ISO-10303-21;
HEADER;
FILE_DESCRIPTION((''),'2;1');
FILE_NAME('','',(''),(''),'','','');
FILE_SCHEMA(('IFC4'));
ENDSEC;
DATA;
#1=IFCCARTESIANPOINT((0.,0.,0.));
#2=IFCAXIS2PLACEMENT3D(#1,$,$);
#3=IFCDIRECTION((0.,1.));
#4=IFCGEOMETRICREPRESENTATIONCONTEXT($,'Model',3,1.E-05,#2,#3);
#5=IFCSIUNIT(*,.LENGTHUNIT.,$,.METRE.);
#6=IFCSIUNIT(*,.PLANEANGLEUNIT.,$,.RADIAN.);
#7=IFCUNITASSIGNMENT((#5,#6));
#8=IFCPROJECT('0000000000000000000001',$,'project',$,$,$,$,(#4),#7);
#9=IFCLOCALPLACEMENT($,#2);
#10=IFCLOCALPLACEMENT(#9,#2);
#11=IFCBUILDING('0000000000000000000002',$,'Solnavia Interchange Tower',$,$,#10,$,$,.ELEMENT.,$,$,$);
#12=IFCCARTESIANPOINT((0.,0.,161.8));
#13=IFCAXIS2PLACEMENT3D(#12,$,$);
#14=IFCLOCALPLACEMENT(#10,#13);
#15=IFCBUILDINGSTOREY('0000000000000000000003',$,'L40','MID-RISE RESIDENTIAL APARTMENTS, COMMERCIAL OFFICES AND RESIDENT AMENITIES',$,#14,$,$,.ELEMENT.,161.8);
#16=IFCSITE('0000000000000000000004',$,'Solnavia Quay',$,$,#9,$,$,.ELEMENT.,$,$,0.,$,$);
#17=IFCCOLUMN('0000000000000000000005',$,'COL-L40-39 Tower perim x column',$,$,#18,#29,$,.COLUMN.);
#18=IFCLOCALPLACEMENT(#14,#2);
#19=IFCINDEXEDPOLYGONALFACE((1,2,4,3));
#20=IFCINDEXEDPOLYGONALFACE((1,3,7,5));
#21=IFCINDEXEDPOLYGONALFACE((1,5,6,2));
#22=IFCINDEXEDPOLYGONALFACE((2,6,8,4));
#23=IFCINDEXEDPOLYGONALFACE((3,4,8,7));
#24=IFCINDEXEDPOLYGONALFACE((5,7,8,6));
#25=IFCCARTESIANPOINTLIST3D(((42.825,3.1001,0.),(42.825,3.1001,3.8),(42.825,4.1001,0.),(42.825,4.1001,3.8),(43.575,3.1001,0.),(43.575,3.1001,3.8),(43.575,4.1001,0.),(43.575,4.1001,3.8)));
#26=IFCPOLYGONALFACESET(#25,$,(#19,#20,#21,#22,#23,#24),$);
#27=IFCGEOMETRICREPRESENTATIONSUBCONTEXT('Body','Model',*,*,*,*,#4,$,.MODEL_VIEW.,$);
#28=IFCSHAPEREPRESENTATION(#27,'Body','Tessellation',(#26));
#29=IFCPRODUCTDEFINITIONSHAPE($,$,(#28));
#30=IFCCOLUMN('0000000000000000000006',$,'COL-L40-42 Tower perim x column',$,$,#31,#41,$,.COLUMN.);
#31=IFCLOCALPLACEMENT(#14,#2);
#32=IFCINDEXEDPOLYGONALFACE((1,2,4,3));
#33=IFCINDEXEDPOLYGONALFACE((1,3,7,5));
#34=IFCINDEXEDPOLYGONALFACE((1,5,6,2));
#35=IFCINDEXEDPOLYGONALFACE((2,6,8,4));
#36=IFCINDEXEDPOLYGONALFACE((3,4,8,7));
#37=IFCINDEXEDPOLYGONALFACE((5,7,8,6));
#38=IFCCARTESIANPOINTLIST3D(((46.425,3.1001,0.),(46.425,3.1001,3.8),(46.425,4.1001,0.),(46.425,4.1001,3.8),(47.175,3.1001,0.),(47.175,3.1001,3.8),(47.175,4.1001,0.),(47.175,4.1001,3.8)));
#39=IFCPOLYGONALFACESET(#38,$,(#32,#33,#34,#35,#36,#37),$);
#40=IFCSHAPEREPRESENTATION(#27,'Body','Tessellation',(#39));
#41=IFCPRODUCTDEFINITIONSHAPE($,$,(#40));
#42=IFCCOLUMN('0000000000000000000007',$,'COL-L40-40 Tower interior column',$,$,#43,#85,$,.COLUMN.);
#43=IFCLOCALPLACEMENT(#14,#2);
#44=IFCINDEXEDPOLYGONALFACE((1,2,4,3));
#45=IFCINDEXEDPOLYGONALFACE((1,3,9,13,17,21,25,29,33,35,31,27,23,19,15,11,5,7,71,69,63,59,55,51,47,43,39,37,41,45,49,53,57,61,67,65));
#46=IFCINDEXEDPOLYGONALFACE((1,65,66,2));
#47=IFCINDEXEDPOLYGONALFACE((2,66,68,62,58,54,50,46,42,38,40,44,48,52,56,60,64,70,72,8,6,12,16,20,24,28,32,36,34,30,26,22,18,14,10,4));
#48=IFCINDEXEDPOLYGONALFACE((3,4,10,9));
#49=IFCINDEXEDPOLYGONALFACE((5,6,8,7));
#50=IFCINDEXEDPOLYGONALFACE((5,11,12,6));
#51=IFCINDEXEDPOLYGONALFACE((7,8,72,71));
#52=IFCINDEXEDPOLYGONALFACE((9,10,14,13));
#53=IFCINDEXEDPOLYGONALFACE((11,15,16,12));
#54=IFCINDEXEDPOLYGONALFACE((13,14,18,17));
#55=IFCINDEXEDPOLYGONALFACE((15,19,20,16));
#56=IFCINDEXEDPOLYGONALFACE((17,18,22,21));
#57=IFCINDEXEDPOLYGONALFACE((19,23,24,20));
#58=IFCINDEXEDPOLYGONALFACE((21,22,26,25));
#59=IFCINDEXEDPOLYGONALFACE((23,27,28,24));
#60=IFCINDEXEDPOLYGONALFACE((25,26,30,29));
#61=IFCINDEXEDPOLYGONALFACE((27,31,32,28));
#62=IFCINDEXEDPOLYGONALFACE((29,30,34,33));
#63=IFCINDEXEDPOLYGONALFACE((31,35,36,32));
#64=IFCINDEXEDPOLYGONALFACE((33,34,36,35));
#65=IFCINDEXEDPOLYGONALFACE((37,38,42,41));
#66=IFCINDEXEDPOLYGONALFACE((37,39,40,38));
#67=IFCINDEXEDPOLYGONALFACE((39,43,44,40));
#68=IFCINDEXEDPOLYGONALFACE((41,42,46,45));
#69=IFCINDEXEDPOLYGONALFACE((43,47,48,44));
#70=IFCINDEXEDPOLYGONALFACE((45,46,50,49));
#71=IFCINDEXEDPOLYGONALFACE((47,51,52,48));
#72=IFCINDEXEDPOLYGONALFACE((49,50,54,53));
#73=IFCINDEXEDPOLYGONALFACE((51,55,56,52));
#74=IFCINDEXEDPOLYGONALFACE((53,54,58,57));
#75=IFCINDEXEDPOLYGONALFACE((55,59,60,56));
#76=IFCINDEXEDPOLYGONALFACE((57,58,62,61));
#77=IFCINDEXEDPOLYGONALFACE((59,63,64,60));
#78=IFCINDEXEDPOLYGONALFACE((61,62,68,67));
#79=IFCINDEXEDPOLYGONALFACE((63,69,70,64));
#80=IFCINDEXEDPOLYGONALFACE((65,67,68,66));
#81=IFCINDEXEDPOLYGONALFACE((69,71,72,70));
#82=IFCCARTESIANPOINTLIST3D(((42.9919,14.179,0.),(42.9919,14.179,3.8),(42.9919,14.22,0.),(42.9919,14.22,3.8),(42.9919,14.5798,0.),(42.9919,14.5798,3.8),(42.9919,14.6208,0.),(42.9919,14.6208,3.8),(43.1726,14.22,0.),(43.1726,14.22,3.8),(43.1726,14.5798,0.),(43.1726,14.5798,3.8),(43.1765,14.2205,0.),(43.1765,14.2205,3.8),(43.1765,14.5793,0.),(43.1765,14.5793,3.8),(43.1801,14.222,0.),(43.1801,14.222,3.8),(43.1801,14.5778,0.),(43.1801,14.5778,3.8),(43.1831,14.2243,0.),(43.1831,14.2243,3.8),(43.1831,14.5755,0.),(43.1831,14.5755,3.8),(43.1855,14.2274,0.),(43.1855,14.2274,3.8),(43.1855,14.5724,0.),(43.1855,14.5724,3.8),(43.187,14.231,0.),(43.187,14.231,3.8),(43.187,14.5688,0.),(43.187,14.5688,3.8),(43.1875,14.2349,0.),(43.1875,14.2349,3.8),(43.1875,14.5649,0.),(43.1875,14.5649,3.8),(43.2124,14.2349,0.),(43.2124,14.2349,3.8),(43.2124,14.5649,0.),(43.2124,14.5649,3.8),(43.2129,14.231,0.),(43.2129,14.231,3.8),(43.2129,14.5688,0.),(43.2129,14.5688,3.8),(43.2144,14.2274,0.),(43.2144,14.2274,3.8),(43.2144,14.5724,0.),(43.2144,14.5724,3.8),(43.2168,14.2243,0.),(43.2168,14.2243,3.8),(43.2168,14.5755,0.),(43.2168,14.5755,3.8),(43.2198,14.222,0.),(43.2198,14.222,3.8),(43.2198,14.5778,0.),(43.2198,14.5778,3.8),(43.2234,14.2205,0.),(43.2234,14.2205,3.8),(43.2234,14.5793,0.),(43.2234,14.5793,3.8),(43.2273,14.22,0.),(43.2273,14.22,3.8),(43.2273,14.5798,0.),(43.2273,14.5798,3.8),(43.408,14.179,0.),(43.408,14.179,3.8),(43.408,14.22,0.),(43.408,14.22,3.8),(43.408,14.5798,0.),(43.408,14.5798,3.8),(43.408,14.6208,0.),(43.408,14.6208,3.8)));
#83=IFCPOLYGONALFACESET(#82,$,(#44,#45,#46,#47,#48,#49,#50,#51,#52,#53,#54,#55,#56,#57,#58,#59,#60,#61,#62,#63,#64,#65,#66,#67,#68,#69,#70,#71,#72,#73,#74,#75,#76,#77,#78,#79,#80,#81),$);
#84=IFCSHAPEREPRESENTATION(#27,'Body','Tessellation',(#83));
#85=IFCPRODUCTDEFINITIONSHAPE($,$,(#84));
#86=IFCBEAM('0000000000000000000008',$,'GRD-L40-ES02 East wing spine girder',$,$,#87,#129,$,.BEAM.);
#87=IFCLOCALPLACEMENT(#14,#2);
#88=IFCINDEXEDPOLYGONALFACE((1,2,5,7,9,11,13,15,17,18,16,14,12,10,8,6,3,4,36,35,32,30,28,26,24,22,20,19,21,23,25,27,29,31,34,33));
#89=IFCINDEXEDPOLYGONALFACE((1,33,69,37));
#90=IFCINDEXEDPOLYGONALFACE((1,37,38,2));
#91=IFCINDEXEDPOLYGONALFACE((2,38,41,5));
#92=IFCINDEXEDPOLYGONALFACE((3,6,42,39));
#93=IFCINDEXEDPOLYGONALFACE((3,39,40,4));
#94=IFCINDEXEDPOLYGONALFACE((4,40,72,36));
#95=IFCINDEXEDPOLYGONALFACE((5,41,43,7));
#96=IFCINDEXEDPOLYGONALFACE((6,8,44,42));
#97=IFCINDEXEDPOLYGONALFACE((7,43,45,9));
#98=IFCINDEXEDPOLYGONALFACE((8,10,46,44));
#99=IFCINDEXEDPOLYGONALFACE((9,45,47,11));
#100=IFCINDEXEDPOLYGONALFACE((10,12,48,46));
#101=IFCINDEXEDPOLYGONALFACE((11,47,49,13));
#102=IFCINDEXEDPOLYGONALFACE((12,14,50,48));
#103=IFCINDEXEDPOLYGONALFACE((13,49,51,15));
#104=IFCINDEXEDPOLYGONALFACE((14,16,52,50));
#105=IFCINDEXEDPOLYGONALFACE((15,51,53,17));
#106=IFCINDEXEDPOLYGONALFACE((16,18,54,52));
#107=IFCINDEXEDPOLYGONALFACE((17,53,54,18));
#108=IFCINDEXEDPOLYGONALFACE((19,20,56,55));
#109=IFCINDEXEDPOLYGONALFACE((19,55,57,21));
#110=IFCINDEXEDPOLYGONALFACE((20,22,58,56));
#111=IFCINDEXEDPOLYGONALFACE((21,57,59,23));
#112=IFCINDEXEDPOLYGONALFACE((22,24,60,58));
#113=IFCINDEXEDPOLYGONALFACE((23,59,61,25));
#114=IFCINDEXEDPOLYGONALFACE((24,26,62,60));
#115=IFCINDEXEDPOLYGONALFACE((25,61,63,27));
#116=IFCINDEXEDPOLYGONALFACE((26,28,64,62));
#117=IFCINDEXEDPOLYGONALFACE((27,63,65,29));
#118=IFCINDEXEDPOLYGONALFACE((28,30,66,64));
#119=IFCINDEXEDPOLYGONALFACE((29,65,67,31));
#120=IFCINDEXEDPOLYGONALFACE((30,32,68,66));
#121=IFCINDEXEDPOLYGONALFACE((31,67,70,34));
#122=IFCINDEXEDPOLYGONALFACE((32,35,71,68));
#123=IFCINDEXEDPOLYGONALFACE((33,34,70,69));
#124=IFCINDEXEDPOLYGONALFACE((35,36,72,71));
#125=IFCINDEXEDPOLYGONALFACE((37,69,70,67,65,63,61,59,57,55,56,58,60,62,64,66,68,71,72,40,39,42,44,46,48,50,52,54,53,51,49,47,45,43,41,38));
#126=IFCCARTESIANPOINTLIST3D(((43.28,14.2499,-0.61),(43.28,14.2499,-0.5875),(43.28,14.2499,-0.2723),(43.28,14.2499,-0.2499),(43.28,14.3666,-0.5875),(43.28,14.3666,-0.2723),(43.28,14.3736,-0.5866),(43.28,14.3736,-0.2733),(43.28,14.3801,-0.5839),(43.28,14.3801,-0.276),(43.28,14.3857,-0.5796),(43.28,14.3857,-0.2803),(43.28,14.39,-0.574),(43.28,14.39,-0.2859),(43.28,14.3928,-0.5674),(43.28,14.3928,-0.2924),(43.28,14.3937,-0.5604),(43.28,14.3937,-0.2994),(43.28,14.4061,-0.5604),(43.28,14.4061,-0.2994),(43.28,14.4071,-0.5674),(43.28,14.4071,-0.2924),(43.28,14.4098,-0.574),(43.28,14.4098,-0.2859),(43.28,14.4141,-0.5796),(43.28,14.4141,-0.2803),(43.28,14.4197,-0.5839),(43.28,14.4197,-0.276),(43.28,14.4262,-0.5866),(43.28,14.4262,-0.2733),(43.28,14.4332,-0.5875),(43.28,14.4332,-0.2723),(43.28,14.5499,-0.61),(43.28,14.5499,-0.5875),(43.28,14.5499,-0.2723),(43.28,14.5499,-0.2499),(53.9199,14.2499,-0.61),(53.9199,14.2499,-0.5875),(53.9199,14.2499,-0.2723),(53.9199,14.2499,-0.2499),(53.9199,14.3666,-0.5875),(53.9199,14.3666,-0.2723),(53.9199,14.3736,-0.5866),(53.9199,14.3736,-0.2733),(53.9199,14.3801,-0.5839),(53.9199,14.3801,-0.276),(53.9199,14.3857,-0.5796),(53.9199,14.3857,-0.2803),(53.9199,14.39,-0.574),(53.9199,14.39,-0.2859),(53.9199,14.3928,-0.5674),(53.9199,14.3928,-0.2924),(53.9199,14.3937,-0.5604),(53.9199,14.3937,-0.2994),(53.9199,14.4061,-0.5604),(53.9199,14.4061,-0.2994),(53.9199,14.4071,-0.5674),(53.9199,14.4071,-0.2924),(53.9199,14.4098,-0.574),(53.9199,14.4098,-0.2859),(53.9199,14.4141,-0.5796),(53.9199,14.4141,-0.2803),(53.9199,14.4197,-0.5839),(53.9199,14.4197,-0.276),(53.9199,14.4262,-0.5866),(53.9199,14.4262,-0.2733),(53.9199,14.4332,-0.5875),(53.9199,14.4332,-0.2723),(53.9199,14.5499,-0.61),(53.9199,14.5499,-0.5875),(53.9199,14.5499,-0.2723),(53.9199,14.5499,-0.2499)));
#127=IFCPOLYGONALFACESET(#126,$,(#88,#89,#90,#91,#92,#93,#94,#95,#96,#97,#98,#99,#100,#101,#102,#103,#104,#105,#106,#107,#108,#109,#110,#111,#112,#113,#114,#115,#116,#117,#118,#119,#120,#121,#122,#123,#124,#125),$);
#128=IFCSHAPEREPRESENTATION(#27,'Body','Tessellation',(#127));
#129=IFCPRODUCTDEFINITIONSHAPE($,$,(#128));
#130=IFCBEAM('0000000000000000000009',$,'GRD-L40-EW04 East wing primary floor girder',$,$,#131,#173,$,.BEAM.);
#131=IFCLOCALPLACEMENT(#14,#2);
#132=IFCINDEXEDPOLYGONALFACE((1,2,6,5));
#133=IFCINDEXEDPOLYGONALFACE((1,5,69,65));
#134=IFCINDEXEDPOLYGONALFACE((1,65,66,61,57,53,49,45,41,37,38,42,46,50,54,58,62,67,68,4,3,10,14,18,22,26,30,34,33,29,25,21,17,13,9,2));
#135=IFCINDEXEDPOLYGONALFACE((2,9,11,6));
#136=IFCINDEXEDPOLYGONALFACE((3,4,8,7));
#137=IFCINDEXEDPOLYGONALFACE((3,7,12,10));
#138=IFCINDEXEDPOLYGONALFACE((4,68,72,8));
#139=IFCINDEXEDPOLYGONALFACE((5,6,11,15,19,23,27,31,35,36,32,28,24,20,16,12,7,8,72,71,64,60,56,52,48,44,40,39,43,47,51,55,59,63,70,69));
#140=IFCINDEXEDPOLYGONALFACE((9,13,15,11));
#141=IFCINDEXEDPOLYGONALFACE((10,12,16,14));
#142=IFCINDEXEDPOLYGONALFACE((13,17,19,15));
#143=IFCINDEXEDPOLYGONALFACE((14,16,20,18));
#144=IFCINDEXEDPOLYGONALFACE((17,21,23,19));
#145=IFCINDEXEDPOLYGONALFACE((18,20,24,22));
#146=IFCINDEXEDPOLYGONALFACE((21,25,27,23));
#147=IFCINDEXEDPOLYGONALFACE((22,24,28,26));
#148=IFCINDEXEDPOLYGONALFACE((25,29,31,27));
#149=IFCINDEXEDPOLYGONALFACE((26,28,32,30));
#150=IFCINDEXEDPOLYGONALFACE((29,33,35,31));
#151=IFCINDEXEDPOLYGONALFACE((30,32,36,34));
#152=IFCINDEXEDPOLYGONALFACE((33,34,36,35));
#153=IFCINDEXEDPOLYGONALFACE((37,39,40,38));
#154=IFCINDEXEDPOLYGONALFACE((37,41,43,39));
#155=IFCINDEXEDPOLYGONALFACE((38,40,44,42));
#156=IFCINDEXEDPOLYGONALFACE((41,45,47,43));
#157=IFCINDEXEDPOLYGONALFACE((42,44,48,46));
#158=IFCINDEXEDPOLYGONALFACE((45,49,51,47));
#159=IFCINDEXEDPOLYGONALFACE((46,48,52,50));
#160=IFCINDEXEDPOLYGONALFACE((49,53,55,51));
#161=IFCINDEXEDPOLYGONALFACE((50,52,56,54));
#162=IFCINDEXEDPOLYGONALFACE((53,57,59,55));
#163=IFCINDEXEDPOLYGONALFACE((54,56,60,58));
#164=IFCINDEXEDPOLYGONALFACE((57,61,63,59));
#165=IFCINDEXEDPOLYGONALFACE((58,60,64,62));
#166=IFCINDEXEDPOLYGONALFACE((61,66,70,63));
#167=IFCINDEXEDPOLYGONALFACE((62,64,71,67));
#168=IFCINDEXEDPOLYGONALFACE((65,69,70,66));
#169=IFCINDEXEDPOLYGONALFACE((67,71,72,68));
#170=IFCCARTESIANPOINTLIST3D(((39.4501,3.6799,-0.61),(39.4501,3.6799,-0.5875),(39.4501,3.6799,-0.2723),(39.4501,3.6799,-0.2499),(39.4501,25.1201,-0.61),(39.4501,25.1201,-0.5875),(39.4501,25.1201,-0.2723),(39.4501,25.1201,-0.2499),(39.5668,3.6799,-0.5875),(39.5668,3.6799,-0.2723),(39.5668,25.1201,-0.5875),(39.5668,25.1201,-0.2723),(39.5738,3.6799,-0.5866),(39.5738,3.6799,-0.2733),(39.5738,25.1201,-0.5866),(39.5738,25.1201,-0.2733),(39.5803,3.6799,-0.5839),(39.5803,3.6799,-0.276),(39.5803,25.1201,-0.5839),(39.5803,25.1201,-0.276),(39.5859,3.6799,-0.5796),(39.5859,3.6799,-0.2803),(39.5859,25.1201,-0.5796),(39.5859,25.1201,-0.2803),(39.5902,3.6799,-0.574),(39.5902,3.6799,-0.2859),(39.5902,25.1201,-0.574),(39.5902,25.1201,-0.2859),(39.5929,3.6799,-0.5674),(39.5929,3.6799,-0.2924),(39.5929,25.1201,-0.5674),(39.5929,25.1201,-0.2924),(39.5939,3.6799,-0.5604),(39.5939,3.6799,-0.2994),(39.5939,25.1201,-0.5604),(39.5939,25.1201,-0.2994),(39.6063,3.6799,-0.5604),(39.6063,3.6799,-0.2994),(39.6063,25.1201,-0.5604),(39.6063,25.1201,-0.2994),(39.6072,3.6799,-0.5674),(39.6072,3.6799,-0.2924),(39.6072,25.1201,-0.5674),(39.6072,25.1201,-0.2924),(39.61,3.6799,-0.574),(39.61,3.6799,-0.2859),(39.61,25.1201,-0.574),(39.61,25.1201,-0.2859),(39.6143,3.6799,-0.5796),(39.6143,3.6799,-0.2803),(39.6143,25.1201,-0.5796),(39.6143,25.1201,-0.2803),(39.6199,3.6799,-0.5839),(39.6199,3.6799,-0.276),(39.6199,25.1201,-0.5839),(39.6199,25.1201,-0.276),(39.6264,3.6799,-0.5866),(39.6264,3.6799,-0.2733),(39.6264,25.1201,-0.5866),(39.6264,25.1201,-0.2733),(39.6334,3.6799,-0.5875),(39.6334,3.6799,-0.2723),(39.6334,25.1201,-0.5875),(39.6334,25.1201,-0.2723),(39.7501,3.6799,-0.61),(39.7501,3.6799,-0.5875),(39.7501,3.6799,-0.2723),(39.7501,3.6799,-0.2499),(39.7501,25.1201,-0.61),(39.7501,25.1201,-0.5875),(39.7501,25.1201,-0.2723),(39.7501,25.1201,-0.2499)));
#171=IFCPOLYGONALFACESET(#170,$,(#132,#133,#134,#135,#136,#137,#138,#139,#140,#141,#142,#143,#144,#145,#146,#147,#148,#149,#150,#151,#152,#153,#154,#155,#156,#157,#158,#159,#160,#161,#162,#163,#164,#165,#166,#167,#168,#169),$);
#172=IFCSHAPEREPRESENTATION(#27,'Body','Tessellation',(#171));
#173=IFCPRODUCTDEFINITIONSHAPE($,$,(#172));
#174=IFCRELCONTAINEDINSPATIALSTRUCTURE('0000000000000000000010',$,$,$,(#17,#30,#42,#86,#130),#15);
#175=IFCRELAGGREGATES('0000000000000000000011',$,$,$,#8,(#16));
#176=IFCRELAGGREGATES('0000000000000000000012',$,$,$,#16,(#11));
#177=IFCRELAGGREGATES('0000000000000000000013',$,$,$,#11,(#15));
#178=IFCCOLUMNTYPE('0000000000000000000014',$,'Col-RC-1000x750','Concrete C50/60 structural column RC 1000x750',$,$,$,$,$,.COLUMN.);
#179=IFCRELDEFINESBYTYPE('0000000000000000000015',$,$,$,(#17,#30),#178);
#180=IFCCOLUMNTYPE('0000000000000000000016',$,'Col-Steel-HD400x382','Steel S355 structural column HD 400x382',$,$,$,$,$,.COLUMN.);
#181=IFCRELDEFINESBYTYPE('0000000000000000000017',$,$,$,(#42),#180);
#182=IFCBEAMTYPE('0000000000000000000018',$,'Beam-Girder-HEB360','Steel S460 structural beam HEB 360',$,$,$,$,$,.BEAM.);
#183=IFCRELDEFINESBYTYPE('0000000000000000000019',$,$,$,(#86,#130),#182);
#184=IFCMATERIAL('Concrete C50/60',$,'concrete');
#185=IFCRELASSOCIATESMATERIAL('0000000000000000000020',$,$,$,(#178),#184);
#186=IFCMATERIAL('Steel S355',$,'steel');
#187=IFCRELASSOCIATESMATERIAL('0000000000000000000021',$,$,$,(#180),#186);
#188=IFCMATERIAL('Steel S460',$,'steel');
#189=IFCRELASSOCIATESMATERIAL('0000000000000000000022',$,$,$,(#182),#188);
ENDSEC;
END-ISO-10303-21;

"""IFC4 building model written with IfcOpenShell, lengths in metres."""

from ifc_helpers import new_model, si_unit, direction, frame, origin, origin_2d, place, context, subcontext, project, spatial, rectangle, i_section, extrude, material, material_profile, profile_set, type_object, element, save


model = new_model("IFC4")

# Units and contexts
model_context = context("Model", 3, precision=1e-05, world=origin(), true_north=direction((0.0, 1.0)))
body_context = subcontext(model_context, "Body", "Model", "MODEL_VIEW")
ifc_project = project(units=[si_unit("LENGTHUNIT", "METRE"), si_unit("PLANEANGLEUNIT", "RADIAN")], contexts=[model_context])

# Site, building, storey
site_placement = place(None, origin())
site = spatial("IfcSite", under=ifc_project, at=site_placement, Name="Solnavia Quay", CompositionType="ELEMENT", RefElevation=0.0)
building_placement = place(site_placement, origin())
building = spatial("IfcBuilding", under=site, at=building_placement, Name="Solnavia Interchange Tower", CompositionType="ELEMENT")
storey_placement = place(building_placement, frame((0.0, 0.0, 161.8)))
storey = spatial("IfcBuildingStorey", under=building, at=storey_placement, Name="L40", Description="MID-RISE RESIDENTIAL APARTMENTS, COMMERCIAL OFFICES AND RESIDENT AMENITIES", CompositionType="ELEMENT", Elevation=161.8)

# Columns
ifc_material_1 = material(Name="Concrete C50/60", Category="concrete")
ifc_material_profile_1 = material_profile(ifc_material_1, rectangle(XDim=0.75, YDim=1.0, at=origin_2d()), Name="RC 1000x750")
ifc_profile_set_1 = profile_set([ifc_material_profile_1], Name="Concrete C50/60")
column_type_1 = type_object("IfcColumnType", Name="Col-RC-1000x750", Description="Concrete C50/60 structural column RC 1000x750", PredefinedType="COLUMN", material=ifc_profile_set_1)
for number, where, z_axis, x_axis, name in (
    (1, (43.2, 3.6001, 0.0), (0.0, 0.0, 1.0), (1.0, 0.0, 0.0), "COL-L40-39 Tower perim x column"),
    (2, (46.8, 3.6001, 0.0), (0.0, 0.0, 1.0), (1.0, 0.0, 0.0), "COL-L40-42 Tower perim x column"),
):
    element("IfcColumn", number, at=place(storey_placement, frame(where, z_axis=z_axis, x_axis=x_axis)), inside=storey, type_object=column_type_1, Name=name, PredefinedType="COLUMN", context=body_context, shape_type="SweptSolid", body=[
        extrude(rectangle(XDim=0.75, YDim=1.0, at=origin_2d()), origin(), (0.0, 0.0, 1.0), 3.8),
    ])
ifc_material_2 = material(Name="Steel S355", Category="steel")
ifc_material_profile_2 = material_profile(ifc_material_2, i_section(OverallWidth=0.416, OverallDepth=0.4419, WebThickness=0.0249, FlangeThickness=0.041, FilletRadius=0.0149, at=origin_2d()), Name="HD 400x382")
ifc_profile_set_2 = profile_set([ifc_material_profile_2], Name="Steel S355")
column_type_2 = type_object("IfcColumnType", Name="Col-Steel-HD400x382", Description="Steel S355 structural column HD 400x382", PredefinedType="COLUMN", material=ifc_profile_set_2)
column_placement = place(storey_placement, frame((43.2, 14.3999, 0.0), z_axis=(0.0, 0.0, 1.0), x_axis=(1.0, 0.0, 0.0)))
element("IfcColumn", 3, at=column_placement, inside=storey, type_object=column_type_2, Name="COL-L40-40 Tower interior column", PredefinedType="COLUMN", context=body_context, shape_type="SweptSolid", body=[
    extrude(i_section(OverallWidth=0.416, OverallDepth=0.4419, WebThickness=0.0249, FlangeThickness=0.041, FilletRadius=0.0149, at=origin_2d()), origin(), (0.0, 0.0, 1.0), 3.8),
])

# Beams
ifc_material_3 = material(Name="Steel S460", Category="steel")
ifc_material_profile_3 = material_profile(ifc_material_3, i_section(OverallWidth=0.3, OverallDepth=0.3601, WebThickness=0.0125, FlangeThickness=0.0225, FilletRadius=0.0271, at=origin_2d()), Name="HEB 360")
ifc_profile_set_3 = profile_set([ifc_material_profile_3], Name="Steel S460")
beam_type_1 = type_object("IfcBeamType", Name="Beam-Girder-HEB360", Description="Steel S460 structural beam HEB 360", PredefinedType="BEAM", material=ifc_profile_set_3)
beam_1_placement = place(storey_placement, frame((43.28, 14.3999, -0.4299), z_axis=(1.0, 0.0, 0.0), x_axis=(0.0, 1.0, 0.0)))
element("IfcBeam", 4, at=beam_1_placement, inside=storey, type_object=beam_type_1, Name="GRD-L40-ES02 East wing spine girder", PredefinedType="BEAM", context=body_context, shape_type="SweptSolid", body=[
    extrude(i_section(OverallWidth=0.3, OverallDepth=0.3601, WebThickness=0.0125, FlangeThickness=0.0225, FilletRadius=0.0271, at=origin_2d()), origin(), (0.0, 0.0, 1.0), 10.6399),
])
beam_2_placement = place(storey_placement, frame((39.6001, 3.6799, -0.4299), z_axis=(0.0, 1.0, 0.0), x_axis=(-1.0, 0.0, 0.0)))
element("IfcBeam", 5, at=beam_2_placement, inside=storey, type_object=beam_type_1, Name="GRD-L40-EW04 East wing primary floor girder", PredefinedType="BEAM", context=body_context, shape_type="SweptSolid", body=[
    extrude(i_section(OverallWidth=0.3, OverallDepth=0.3601, WebThickness=0.0125, FlangeThickness=0.0225, FilletRadius=0.0271, at=origin_2d()), origin(), (0.0, 0.0, 1.0), 21.4402),
])

save(model, "model.ifc")
